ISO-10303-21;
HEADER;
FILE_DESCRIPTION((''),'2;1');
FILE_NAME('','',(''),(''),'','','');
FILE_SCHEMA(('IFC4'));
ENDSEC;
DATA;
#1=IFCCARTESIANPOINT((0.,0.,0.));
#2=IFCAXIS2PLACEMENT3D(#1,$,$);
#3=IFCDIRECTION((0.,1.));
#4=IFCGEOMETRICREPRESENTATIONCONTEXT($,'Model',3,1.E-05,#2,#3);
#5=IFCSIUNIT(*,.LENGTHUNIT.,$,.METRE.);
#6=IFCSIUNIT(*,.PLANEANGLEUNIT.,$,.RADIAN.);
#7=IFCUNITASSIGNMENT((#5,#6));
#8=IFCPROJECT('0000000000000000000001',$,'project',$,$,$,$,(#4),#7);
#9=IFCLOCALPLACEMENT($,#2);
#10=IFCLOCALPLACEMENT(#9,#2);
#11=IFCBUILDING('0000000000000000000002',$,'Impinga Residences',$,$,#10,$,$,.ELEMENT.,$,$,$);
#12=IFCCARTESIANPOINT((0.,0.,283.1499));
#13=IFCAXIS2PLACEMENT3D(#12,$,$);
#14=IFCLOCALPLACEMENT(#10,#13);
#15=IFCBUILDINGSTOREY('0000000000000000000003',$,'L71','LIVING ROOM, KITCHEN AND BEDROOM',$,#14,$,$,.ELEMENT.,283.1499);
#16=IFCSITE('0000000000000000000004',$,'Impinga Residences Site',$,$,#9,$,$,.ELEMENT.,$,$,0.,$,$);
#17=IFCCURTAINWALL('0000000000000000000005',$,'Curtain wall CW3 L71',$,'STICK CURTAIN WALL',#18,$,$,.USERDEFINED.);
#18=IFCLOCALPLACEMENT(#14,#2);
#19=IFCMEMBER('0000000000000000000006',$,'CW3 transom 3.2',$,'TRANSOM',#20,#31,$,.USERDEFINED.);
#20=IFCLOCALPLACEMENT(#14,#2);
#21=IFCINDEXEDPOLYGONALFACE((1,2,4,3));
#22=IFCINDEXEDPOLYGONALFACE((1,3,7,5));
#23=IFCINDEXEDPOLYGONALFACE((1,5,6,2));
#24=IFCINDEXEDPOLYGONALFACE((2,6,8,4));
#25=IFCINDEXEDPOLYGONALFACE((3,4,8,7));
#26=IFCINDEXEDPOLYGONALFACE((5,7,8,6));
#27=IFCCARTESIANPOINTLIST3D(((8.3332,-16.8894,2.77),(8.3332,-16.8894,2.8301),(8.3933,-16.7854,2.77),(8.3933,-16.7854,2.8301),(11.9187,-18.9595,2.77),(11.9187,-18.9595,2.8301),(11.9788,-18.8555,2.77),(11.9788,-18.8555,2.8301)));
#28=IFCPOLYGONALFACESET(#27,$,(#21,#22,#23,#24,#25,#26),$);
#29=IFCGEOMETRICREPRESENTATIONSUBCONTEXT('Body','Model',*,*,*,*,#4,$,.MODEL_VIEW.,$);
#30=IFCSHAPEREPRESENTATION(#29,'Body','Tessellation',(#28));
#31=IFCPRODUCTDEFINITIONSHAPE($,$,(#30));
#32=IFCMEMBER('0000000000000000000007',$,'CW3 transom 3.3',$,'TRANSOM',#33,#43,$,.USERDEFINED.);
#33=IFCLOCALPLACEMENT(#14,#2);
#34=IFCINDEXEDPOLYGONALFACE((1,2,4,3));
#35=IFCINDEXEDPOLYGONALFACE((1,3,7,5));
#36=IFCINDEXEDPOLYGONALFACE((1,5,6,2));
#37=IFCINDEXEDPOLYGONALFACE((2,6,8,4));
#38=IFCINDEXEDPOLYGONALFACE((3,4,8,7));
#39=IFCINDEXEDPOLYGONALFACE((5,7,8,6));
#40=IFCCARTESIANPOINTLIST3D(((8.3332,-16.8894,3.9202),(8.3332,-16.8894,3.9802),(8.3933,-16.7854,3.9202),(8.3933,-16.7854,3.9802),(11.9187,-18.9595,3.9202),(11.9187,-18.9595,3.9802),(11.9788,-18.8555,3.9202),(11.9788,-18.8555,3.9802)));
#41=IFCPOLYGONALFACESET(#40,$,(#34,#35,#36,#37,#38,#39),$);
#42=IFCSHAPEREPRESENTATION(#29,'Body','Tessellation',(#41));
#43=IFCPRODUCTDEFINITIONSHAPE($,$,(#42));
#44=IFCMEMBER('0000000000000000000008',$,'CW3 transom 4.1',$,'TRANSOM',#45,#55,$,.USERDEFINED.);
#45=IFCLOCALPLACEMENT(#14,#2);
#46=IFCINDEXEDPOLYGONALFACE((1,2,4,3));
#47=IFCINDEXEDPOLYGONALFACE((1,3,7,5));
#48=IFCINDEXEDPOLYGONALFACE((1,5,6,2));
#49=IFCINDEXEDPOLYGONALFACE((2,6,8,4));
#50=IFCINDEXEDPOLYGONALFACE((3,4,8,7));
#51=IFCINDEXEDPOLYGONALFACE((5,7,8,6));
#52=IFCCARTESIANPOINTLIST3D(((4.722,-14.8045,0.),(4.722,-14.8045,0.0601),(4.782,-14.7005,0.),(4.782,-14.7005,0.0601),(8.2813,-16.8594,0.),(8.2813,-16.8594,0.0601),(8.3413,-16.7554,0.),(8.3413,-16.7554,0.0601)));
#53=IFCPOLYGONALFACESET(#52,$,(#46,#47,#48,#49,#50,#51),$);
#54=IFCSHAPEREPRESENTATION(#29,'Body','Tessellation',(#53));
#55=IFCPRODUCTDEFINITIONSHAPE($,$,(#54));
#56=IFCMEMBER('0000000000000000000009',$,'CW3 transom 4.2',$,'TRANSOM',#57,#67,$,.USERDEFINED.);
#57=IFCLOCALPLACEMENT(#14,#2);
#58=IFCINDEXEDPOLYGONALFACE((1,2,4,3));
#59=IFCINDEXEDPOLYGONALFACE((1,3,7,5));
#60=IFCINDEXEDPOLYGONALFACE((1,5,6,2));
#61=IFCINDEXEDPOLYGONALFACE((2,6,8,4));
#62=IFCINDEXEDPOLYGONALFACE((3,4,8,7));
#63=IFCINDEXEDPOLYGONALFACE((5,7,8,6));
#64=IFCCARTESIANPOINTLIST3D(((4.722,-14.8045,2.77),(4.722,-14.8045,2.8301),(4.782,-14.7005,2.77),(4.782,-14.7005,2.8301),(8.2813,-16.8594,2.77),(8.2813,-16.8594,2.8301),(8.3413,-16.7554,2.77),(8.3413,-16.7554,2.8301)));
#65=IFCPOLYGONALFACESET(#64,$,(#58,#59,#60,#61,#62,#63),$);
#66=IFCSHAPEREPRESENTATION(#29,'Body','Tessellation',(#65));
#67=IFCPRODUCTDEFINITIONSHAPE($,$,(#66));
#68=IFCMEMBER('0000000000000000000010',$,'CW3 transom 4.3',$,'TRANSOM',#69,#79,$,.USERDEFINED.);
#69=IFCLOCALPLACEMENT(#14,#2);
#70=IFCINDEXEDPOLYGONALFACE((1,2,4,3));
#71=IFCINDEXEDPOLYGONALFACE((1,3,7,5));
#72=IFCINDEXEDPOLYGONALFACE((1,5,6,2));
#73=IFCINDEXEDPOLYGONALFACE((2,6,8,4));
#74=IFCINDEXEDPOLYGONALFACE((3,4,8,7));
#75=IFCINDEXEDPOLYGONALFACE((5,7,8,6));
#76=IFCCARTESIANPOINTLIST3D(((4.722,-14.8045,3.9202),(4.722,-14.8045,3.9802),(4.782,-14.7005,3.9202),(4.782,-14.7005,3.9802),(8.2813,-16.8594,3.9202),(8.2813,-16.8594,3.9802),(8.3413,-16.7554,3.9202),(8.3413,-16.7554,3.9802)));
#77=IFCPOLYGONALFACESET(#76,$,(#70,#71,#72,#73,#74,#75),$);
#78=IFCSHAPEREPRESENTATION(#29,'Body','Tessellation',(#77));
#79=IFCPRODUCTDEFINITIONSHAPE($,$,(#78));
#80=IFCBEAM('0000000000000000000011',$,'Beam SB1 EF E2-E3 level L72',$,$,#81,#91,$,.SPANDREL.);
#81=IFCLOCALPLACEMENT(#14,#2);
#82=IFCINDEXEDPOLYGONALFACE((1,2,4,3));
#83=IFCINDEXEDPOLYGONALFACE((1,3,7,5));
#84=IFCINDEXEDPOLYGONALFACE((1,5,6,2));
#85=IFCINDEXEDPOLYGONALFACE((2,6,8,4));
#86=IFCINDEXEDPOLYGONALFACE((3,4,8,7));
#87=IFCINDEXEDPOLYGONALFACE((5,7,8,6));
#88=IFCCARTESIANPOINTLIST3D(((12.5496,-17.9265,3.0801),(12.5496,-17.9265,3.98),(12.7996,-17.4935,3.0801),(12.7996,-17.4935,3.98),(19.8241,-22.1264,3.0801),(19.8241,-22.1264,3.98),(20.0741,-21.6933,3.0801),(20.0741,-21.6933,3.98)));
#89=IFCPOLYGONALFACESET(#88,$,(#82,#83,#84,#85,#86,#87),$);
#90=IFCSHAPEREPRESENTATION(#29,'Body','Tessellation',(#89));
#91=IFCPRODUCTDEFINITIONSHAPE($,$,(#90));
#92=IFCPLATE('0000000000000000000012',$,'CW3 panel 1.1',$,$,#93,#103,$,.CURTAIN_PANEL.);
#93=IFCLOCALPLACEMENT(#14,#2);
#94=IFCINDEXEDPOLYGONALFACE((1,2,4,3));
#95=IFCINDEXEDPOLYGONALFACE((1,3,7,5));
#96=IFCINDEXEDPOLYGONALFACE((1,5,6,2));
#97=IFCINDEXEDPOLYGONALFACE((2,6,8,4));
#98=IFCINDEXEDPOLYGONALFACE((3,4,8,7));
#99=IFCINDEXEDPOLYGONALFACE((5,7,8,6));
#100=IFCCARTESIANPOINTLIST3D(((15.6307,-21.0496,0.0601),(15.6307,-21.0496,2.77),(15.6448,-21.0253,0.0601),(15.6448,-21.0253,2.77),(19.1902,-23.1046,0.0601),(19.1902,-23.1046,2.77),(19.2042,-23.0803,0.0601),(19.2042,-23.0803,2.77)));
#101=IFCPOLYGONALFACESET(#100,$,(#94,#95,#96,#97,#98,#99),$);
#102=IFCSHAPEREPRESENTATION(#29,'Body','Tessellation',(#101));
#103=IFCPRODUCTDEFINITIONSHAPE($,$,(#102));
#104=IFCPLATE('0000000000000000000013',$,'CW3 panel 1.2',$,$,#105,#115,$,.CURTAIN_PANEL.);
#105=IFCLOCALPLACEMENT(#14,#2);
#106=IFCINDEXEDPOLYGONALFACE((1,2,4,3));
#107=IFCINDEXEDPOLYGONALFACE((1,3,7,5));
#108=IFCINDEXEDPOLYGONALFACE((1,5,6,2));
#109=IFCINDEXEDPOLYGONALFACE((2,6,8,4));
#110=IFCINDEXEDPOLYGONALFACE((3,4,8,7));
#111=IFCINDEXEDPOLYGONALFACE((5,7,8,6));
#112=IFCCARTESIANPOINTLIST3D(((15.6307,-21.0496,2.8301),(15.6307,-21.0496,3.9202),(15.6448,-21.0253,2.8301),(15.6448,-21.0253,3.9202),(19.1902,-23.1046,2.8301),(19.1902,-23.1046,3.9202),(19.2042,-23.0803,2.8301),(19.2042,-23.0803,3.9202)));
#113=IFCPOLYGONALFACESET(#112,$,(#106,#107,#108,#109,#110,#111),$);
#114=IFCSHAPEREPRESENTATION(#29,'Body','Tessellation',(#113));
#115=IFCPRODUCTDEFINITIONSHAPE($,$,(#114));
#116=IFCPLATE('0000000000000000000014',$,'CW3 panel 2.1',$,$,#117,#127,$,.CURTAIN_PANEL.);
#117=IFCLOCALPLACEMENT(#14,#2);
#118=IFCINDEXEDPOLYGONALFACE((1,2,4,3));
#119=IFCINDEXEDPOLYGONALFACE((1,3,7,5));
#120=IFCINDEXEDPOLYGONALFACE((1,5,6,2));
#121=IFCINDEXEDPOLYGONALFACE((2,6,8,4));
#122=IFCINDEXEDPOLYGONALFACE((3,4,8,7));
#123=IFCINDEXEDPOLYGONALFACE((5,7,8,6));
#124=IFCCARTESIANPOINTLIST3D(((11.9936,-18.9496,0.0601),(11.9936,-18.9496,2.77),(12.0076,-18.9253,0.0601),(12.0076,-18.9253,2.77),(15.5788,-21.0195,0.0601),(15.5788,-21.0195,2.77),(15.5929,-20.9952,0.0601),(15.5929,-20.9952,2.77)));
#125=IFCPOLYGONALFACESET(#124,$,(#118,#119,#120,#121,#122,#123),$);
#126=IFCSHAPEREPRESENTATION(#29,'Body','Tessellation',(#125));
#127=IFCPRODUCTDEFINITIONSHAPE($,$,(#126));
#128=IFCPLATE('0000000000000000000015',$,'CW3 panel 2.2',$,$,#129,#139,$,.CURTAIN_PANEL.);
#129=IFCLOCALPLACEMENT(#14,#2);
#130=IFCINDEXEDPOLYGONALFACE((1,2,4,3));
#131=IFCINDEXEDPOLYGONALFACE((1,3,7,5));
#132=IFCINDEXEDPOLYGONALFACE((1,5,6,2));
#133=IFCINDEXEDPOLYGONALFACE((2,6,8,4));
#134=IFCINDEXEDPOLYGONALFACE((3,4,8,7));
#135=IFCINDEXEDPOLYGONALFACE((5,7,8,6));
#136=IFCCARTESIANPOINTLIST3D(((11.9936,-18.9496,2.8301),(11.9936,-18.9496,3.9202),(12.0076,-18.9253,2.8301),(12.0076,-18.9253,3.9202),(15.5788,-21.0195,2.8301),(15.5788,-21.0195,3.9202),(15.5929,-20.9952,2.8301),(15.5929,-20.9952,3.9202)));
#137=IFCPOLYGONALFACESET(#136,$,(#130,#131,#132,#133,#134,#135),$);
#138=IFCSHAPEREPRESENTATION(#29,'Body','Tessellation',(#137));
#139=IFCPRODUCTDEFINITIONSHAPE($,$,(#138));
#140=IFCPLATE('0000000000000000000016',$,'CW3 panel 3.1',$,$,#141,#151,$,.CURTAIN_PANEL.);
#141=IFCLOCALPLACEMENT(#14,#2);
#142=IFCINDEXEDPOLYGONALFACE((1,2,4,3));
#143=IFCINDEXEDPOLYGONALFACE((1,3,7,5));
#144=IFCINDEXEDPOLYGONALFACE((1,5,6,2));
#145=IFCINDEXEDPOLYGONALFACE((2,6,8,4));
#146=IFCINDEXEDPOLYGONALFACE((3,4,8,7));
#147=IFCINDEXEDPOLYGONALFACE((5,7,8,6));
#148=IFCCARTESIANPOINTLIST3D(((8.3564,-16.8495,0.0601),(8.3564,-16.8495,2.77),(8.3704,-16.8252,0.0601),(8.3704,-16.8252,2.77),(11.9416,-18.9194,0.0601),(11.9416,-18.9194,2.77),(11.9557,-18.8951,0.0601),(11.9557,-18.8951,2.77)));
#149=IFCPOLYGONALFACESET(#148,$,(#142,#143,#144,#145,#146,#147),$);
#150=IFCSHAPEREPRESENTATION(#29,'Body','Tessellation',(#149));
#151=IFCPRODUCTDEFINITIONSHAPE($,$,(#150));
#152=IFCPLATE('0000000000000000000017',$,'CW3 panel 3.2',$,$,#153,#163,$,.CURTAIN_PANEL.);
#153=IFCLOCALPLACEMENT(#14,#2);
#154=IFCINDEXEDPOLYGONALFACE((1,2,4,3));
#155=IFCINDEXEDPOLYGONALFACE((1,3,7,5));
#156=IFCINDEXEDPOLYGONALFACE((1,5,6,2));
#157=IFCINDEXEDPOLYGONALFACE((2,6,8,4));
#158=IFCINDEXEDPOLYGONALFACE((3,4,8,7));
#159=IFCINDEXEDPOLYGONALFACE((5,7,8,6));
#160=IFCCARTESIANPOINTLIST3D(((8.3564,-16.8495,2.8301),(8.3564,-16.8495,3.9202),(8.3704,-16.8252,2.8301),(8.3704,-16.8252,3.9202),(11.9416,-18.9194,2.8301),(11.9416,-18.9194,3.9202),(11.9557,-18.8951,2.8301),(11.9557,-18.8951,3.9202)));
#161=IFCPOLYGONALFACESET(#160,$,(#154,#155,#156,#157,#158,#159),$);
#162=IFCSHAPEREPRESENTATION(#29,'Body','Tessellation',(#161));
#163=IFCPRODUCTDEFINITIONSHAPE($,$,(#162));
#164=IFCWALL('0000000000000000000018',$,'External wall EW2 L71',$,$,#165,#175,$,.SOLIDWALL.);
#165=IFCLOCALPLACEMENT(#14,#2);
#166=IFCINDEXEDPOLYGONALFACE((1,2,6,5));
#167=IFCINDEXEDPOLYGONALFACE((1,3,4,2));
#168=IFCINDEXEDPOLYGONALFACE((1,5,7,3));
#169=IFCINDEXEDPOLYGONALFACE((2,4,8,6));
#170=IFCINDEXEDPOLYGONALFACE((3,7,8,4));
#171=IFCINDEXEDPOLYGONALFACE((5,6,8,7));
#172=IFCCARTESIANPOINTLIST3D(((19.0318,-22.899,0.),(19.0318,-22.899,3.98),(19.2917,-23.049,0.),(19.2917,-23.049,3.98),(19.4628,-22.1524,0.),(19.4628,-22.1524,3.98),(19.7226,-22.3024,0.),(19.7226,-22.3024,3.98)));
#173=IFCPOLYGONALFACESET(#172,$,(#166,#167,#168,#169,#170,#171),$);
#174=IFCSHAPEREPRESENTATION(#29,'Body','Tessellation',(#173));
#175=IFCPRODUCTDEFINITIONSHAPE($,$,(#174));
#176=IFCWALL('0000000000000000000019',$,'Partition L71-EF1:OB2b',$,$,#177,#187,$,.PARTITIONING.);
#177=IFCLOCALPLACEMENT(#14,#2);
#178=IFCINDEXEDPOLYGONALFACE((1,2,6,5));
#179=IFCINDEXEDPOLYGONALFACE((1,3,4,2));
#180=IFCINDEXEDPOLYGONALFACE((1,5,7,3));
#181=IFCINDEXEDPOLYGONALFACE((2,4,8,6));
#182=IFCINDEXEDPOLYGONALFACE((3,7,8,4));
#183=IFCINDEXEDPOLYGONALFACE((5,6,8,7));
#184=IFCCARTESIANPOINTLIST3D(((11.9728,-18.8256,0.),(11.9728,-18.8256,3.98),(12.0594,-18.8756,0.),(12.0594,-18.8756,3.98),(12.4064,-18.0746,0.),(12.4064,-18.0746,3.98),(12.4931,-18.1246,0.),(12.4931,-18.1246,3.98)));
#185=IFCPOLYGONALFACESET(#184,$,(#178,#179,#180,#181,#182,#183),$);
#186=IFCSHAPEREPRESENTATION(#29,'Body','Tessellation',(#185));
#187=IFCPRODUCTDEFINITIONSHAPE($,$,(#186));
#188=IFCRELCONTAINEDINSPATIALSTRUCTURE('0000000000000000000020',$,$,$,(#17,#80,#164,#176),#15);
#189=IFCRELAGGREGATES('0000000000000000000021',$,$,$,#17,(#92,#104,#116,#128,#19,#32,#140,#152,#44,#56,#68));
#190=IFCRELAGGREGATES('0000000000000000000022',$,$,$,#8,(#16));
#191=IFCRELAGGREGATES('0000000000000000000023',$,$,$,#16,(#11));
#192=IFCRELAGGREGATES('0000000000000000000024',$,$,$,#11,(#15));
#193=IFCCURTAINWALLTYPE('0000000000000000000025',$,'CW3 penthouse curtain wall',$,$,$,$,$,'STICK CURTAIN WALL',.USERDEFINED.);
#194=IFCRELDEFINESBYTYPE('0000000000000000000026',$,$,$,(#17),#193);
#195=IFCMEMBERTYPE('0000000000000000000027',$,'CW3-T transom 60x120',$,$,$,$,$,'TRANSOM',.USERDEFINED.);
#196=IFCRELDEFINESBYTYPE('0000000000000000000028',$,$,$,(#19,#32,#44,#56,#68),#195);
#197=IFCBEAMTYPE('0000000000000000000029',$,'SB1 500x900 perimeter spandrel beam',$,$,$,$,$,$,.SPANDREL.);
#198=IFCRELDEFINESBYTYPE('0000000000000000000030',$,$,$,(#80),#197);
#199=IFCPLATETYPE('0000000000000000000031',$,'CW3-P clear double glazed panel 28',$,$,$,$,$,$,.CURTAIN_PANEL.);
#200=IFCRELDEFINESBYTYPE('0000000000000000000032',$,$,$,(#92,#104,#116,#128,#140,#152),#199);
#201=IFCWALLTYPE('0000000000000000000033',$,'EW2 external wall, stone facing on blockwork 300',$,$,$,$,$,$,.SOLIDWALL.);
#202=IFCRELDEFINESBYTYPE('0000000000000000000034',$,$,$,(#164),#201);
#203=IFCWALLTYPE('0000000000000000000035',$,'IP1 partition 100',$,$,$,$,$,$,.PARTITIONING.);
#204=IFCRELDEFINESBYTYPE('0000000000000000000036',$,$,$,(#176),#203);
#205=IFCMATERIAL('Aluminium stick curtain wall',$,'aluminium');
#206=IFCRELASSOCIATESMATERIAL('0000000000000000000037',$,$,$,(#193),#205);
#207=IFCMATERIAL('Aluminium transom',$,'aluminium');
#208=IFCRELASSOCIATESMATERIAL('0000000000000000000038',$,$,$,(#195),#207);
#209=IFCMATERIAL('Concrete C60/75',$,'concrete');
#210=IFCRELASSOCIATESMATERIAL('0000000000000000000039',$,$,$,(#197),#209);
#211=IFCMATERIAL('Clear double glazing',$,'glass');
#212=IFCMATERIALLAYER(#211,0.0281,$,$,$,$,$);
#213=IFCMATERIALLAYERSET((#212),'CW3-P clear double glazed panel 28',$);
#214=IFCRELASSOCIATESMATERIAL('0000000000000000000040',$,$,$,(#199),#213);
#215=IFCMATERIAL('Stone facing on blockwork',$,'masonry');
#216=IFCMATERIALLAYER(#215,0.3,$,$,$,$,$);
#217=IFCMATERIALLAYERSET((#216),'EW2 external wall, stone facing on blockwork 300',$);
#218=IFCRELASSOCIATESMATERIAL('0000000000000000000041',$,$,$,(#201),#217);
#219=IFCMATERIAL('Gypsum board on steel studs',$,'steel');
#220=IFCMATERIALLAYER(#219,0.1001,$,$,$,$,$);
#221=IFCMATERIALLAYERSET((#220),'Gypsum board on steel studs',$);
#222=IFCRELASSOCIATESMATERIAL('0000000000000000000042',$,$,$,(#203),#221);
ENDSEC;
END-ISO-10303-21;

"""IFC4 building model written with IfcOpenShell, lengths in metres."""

from ifc_helpers import new_model, si_unit, direction, frame, frame_2d, origin, origin_2d, place, context, subcontext, project, spatial, rectangle, extrude, material, layer, layer_set, material_profile, profile_set, type_object, element, aggregate, save


model = new_model("IFC4")

# Units and contexts
model_context = context("Model", 3, precision=1e-05, world=origin(), true_north=direction((0.0, 1.0)))
body_context = subcontext(model_context, "Body", "Model", "MODEL_VIEW")
ifc_project = project(units=[si_unit("LENGTHUNIT", "METRE"), si_unit("PLANEANGLEUNIT", "RADIAN")], contexts=[model_context])

# Site, building, storey
site_placement = place(None, origin())
site = spatial("IfcSite", under=ifc_project, at=site_placement, Name="Impinga Residences Site", CompositionType="ELEMENT", RefElevation=0.0)
building_placement = place(site_placement, origin())
building = spatial("IfcBuilding", under=site, at=building_placement, Name="Impinga Residences", CompositionType="ELEMENT")
storey_placement = place(building_placement, frame((0.0, 0.0, 283.1499)))
storey = spatial("IfcBuildingStorey", under=building, at=storey_placement, Name="L71", Description="LIVING ROOM, KITCHEN AND BEDROOM", CompositionType="ELEMENT", Elevation=283.1499)

# Shared definitions
ifc_material_1 = material(Name="Concrete C60/75", Category="concrete")

# Curtain wall, members
ifc_material_2 = material(Name="Aluminium stick curtain wall", Category="aluminium")
curtain_wall_type = type_object("IfcCurtainWallType", Name="CW3 penthouse curtain wall", ElementType="STICK CURTAIN WALL", PredefinedType="USERDEFINED", material=ifc_material_2)
curtain_wall_placement = place(storey_placement, origin())
curtain_wall = element("IfcCurtainWall", 1, at=curtain_wall_placement, inside=storey, type_object=curtain_wall_type, Name="Curtain wall CW3 L71", ObjectType="STICK CURTAIN WALL", PredefinedType="USERDEFINED")
ifc_material_3 = material(Name="Aluminium transom", Category="aluminium")
ifc_material_profile_1 = material_profile(ifc_material_3, rectangle(XDim=0.0601, YDim=0.1201, at=origin_2d()), Name="60x120 transom")
ifc_profile_set_1 = profile_set([ifc_material_profile_1], Name="Aluminium transom")
member_type_1 = type_object("IfcMemberType", Name="CW3-T transom 60x120", ElementType="TRANSOM", PredefinedType="USERDEFINED", material=ifc_profile_set_1)
member_1_placement = place(storey_placement, frame((11.9487, -18.9075, 2.8), z_axis=(-0.866025, 0.500002, 0.0), x_axis=(0.0, 0.0, 1.0)))
member_1 = element("IfcMember", 2, at=member_1_placement, type_object=member_type_1, Name="CW3 transom 3.2", ObjectType="TRANSOM", PredefinedType="USERDEFINED", context=body_context, shape_type="SweptSolid", body=[
    extrude(rectangle(XDim=0.0601, YDim=0.1201, at=origin_2d()), origin(), (0.0, 0.0, 1.0), 4.1401),
])
member_2_placement = place(storey_placement, frame((11.9487, -18.9075, 3.9502), z_axis=(-0.866025, 0.500002, 0.0), x_axis=(0.0, 0.0, 1.0)))
member_2 = element("IfcMember", 3, at=member_2_placement, type_object=member_type_1, Name="CW3 transom 3.3", ObjectType="TRANSOM", PredefinedType="USERDEFINED", context=body_context, shape_type="SweptSolid", body=[
    extrude(rectangle(XDim=0.0601, YDim=0.1201, at=origin_2d()), origin(), (0.0, 0.0, 1.0), 4.1401),
])
member_3_placement = place(storey_placement, frame((8.3113, -16.8074, 0.03), z_axis=(-0.86603, 0.499992, 0.0), x_axis=(0.0, 0.0, 1.0)))
member_3 = element("IfcMember", 4, at=member_3_placement, type_object=member_type_1, Name="CW3 transom 4.1", ObjectType="TRANSOM", PredefinedType="USERDEFINED", context=body_context, shape_type="SweptSolid", body=[
    extrude(rectangle(XDim=0.0601, YDim=0.1201, at=origin_2d()), origin(), (0.0, 0.0, 1.0), 4.1099),
])
member_4_placement = place(storey_placement, frame((8.3113, -16.8074, 2.8), z_axis=(-0.86603, 0.499992, 0.0), x_axis=(0.0, 0.0, 1.0)))
member_4 = element("IfcMember", 5, at=member_4_placement, type_object=member_type_1, Name="CW3 transom 4.2", ObjectType="TRANSOM", PredefinedType="USERDEFINED", context=body_context, shape_type="SweptSolid", body=[
    extrude(rectangle(XDim=0.0601, YDim=0.1201, at=origin_2d()), origin(), (0.0, 0.0, 1.0), 4.1099),
])
member_5_placement = place(storey_placement, frame((8.3113, -16.8074, 3.9502), z_axis=(-0.86603, 0.499992, 0.0), x_axis=(0.0, 0.0, 1.0)))
member_5 = element("IfcMember", 6, at=member_5_placement, type_object=member_type_1, Name="CW3 transom 4.3", ObjectType="TRANSOM", PredefinedType="USERDEFINED", context=body_context, shape_type="SweptSolid", body=[
    extrude(rectangle(XDim=0.0601, YDim=0.1201, at=origin_2d()), origin(), (0.0, 0.0, 1.0), 4.1099),
])

# Beam
ifc_material_profile_2 = material_profile(ifc_material_1, rectangle(XDim=0.5, YDim=0.8999, at=origin_2d()), Name="RC 500x900")
ifc_profile_set_2 = profile_set([ifc_material_profile_2], Name="Concrete C60/75")
beam_type_1 = type_object("IfcBeamType", Name="SB1 500x900 perimeter spandrel beam", PredefinedType="SPANDREL", material=ifc_profile_set_2)
beam_1_placement = place(storey_placement, frame((12.6746, -17.71, 3.53), z_axis=(0.866029, -0.499993, 0.0), x_axis=(0.499993, 0.866029, 0.0)))
element("IfcBeam", 7, at=beam_1_placement, inside=storey, type_object=beam_type_1, Name="Beam SB1 EF E2-E3 level L72", PredefinedType="SPANDREL", context=body_context, shape_type="SweptSolid", body=[
    extrude(rectangle(XDim=0.5, YDim=0.8999, at=origin_2d()), origin(), (0.0, 0.0, 1.0), 8.3999),
])

# Plates
ifc_material_4 = material(Name="Clear double glazing", Category="glass")
ifc_layer_1 = layer(ifc_material_4, 0.0281)
ifc_layer_set_1 = layer_set([ifc_layer_1], Name="CW3-P clear double glazed panel 28")
plate_type = type_object("IfcPlateType", Name="CW3-P clear double glazed panel 28", PredefinedType="CURTAIN_PANEL", material=ifc_layer_set_1)
plate_1_placement = place(storey_placement, frame((17.4175, -22.0649, 0.0601), z_axis=(0.0, 0.0, 1.0), x_axis=(-0.866025, 0.5, 0.0)))
plate_1 = element("IfcPlate", 8, at=plate_1_placement, type_object=plate_type, Name="CW3 panel 1.1", PredefinedType="CURTAIN_PANEL", context=body_context, shape_type="SweptSolid", body=[
    extrude(rectangle(XDim=4.1101, YDim=0.0281, at=origin_2d()), origin(), (0.0, 0.0, 1.0), 2.71),
])
plate_2_placement = place(storey_placement, frame((17.4175, -22.0649, 2.8301), z_axis=(0.0, 0.0, 1.0), x_axis=(-0.866025, 0.5, 0.0)))
plate_2 = element("IfcPlate", 9, at=plate_2_placement, type_object=plate_type, Name="CW3 panel 1.2", PredefinedType="CURTAIN_PANEL", context=body_context, shape_type="SweptSolid", body=[
    extrude(rectangle(XDim=4.1101, YDim=0.0281, at=origin_2d()), origin(), (0.0, 0.0, 1.0), 1.0901),
])
plate_3_placement = place(storey_placement, frame((13.7932, -19.9724, 0.0601), z_axis=(0.0, 0.0, 1.0), x_axis=(-0.866025, 0.5, 0.0)))
plate_3 = element("IfcPlate", 10, at=plate_3_placement, type_object=plate_type, Name="CW3 panel 2.1", PredefinedType="CURTAIN_PANEL", context=body_context, shape_type="SweptSolid", body=[
    extrude(rectangle(XDim=4.1399, YDim=0.0281, at=origin_2d()), origin(), (0.0, 0.0, 1.0), 2.71),
])
plate_4_placement = place(storey_placement, frame((13.7932, -19.9724, 2.8301), z_axis=(0.0, 0.0, 1.0), x_axis=(-0.866025, 0.5, 0.0)))
plate_4 = element("IfcPlate", 11, at=plate_4_placement, type_object=plate_type, Name="CW3 panel 2.2", PredefinedType="CURTAIN_PANEL", context=body_context, shape_type="SweptSolid", body=[
    extrude(rectangle(XDim=4.1399, YDim=0.0281, at=origin_2d()), origin(), (0.0, 0.0, 1.0), 1.0901),
])
plate_5_placement = place(storey_placement, frame((10.156, -17.8723, 0.0601), z_axis=(0.0, 0.0, 1.0), x_axis=(-0.866025, 0.5, 0.0)))
plate_5 = element("IfcPlate", 12, at=plate_5_placement, type_object=plate_type, Name="CW3 panel 3.1", PredefinedType="CURTAIN_PANEL", context=body_context, shape_type="SweptSolid", body=[
    extrude(rectangle(XDim=4.1399, YDim=0.0281, at=origin_2d()), origin(), (0.0, 0.0, 1.0), 2.71),
])
plate_6_placement = place(storey_placement, frame((10.156, -17.8723, 2.8301), z_axis=(0.0, 0.0, 1.0), x_axis=(-0.866025, 0.5, 0.0)))
plate_6 = element("IfcPlate", 13, at=plate_6_placement, type_object=plate_type, Name="CW3 panel 3.2", PredefinedType="CURTAIN_PANEL", context=body_context, shape_type="SweptSolid", body=[
    extrude(rectangle(XDim=4.1399, YDim=0.0281, at=origin_2d()), origin(), (0.0, 0.0, 1.0), 1.0901),
])
aggregate(curtain_wall, [plate_1, plate_2, plate_3, plate_4, member_1, member_2, plate_5, plate_6, member_3, member_4, member_5])

# Walls
ifc_material_5 = material(Name="Stone facing on blockwork", Category="masonry")
ifc_layer_2 = layer(ifc_material_5, 0.3)
ifc_layer_set_2 = layer_set([ifc_layer_2], Name="EW2 external wall, stone facing on blockwork 300")
wall_type_1 = type_object("IfcWallType", Name="EW2 external wall, stone facing on blockwork 300", PredefinedType="SOLIDWALL", material=ifc_layer_set_2)
wall_1_placement = place(storey_placement, frame((19.5928, -22.2273, 0.0), z_axis=(0.0, 0.0, 1.0), x_axis=(-0.499886, -0.866091, 0.0)))
element("IfcWall", 14, at=wall_1_placement, inside=storey, type_object=wall_type_1, Name="External wall EW2 L71", PredefinedType="SOLIDWALL", context=body_context, shape_type="SweptSolid", body=[
    extrude(rectangle(XDim=0.8621, YDim=0.3, at=frame_2d((0.4312, 0.0))), origin(), (0.0, 0.0, 1.0), 3.98),
])
ifc_material_6 = material(Name="Gypsum board on steel studs", Category="steel")
ifc_layer_3 = layer(ifc_material_6, 0.1001)
ifc_layer_set_3 = layer_set([ifc_layer_3], Name="Gypsum board on steel studs")
wall_type_2 = type_object("IfcWallType", Name="IP1 partition 100", PredefinedType="PARTITIONING", material=ifc_layer_set_3)
wall_2_placement = place(storey_placement, frame((12.4497, -18.0996, 0.0), z_axis=(0.0, 0.0, 1.0), x_axis=(-0.500015, -0.866017, 0.0)))
element("IfcWall", 15, at=wall_2_placement, inside=storey, type_object=wall_type_2, Name="Partition L71-EF1:OB2b", PredefinedType="PARTITIONING", context=body_context, shape_type="SweptSolid", body=[
    extrude(rectangle(XDim=0.8672, YDim=0.1001, at=frame_2d((0.4336, 0.0))), origin(), (0.0, 0.0, 1.0), 3.98),
])

save(model, "model.ifc")
